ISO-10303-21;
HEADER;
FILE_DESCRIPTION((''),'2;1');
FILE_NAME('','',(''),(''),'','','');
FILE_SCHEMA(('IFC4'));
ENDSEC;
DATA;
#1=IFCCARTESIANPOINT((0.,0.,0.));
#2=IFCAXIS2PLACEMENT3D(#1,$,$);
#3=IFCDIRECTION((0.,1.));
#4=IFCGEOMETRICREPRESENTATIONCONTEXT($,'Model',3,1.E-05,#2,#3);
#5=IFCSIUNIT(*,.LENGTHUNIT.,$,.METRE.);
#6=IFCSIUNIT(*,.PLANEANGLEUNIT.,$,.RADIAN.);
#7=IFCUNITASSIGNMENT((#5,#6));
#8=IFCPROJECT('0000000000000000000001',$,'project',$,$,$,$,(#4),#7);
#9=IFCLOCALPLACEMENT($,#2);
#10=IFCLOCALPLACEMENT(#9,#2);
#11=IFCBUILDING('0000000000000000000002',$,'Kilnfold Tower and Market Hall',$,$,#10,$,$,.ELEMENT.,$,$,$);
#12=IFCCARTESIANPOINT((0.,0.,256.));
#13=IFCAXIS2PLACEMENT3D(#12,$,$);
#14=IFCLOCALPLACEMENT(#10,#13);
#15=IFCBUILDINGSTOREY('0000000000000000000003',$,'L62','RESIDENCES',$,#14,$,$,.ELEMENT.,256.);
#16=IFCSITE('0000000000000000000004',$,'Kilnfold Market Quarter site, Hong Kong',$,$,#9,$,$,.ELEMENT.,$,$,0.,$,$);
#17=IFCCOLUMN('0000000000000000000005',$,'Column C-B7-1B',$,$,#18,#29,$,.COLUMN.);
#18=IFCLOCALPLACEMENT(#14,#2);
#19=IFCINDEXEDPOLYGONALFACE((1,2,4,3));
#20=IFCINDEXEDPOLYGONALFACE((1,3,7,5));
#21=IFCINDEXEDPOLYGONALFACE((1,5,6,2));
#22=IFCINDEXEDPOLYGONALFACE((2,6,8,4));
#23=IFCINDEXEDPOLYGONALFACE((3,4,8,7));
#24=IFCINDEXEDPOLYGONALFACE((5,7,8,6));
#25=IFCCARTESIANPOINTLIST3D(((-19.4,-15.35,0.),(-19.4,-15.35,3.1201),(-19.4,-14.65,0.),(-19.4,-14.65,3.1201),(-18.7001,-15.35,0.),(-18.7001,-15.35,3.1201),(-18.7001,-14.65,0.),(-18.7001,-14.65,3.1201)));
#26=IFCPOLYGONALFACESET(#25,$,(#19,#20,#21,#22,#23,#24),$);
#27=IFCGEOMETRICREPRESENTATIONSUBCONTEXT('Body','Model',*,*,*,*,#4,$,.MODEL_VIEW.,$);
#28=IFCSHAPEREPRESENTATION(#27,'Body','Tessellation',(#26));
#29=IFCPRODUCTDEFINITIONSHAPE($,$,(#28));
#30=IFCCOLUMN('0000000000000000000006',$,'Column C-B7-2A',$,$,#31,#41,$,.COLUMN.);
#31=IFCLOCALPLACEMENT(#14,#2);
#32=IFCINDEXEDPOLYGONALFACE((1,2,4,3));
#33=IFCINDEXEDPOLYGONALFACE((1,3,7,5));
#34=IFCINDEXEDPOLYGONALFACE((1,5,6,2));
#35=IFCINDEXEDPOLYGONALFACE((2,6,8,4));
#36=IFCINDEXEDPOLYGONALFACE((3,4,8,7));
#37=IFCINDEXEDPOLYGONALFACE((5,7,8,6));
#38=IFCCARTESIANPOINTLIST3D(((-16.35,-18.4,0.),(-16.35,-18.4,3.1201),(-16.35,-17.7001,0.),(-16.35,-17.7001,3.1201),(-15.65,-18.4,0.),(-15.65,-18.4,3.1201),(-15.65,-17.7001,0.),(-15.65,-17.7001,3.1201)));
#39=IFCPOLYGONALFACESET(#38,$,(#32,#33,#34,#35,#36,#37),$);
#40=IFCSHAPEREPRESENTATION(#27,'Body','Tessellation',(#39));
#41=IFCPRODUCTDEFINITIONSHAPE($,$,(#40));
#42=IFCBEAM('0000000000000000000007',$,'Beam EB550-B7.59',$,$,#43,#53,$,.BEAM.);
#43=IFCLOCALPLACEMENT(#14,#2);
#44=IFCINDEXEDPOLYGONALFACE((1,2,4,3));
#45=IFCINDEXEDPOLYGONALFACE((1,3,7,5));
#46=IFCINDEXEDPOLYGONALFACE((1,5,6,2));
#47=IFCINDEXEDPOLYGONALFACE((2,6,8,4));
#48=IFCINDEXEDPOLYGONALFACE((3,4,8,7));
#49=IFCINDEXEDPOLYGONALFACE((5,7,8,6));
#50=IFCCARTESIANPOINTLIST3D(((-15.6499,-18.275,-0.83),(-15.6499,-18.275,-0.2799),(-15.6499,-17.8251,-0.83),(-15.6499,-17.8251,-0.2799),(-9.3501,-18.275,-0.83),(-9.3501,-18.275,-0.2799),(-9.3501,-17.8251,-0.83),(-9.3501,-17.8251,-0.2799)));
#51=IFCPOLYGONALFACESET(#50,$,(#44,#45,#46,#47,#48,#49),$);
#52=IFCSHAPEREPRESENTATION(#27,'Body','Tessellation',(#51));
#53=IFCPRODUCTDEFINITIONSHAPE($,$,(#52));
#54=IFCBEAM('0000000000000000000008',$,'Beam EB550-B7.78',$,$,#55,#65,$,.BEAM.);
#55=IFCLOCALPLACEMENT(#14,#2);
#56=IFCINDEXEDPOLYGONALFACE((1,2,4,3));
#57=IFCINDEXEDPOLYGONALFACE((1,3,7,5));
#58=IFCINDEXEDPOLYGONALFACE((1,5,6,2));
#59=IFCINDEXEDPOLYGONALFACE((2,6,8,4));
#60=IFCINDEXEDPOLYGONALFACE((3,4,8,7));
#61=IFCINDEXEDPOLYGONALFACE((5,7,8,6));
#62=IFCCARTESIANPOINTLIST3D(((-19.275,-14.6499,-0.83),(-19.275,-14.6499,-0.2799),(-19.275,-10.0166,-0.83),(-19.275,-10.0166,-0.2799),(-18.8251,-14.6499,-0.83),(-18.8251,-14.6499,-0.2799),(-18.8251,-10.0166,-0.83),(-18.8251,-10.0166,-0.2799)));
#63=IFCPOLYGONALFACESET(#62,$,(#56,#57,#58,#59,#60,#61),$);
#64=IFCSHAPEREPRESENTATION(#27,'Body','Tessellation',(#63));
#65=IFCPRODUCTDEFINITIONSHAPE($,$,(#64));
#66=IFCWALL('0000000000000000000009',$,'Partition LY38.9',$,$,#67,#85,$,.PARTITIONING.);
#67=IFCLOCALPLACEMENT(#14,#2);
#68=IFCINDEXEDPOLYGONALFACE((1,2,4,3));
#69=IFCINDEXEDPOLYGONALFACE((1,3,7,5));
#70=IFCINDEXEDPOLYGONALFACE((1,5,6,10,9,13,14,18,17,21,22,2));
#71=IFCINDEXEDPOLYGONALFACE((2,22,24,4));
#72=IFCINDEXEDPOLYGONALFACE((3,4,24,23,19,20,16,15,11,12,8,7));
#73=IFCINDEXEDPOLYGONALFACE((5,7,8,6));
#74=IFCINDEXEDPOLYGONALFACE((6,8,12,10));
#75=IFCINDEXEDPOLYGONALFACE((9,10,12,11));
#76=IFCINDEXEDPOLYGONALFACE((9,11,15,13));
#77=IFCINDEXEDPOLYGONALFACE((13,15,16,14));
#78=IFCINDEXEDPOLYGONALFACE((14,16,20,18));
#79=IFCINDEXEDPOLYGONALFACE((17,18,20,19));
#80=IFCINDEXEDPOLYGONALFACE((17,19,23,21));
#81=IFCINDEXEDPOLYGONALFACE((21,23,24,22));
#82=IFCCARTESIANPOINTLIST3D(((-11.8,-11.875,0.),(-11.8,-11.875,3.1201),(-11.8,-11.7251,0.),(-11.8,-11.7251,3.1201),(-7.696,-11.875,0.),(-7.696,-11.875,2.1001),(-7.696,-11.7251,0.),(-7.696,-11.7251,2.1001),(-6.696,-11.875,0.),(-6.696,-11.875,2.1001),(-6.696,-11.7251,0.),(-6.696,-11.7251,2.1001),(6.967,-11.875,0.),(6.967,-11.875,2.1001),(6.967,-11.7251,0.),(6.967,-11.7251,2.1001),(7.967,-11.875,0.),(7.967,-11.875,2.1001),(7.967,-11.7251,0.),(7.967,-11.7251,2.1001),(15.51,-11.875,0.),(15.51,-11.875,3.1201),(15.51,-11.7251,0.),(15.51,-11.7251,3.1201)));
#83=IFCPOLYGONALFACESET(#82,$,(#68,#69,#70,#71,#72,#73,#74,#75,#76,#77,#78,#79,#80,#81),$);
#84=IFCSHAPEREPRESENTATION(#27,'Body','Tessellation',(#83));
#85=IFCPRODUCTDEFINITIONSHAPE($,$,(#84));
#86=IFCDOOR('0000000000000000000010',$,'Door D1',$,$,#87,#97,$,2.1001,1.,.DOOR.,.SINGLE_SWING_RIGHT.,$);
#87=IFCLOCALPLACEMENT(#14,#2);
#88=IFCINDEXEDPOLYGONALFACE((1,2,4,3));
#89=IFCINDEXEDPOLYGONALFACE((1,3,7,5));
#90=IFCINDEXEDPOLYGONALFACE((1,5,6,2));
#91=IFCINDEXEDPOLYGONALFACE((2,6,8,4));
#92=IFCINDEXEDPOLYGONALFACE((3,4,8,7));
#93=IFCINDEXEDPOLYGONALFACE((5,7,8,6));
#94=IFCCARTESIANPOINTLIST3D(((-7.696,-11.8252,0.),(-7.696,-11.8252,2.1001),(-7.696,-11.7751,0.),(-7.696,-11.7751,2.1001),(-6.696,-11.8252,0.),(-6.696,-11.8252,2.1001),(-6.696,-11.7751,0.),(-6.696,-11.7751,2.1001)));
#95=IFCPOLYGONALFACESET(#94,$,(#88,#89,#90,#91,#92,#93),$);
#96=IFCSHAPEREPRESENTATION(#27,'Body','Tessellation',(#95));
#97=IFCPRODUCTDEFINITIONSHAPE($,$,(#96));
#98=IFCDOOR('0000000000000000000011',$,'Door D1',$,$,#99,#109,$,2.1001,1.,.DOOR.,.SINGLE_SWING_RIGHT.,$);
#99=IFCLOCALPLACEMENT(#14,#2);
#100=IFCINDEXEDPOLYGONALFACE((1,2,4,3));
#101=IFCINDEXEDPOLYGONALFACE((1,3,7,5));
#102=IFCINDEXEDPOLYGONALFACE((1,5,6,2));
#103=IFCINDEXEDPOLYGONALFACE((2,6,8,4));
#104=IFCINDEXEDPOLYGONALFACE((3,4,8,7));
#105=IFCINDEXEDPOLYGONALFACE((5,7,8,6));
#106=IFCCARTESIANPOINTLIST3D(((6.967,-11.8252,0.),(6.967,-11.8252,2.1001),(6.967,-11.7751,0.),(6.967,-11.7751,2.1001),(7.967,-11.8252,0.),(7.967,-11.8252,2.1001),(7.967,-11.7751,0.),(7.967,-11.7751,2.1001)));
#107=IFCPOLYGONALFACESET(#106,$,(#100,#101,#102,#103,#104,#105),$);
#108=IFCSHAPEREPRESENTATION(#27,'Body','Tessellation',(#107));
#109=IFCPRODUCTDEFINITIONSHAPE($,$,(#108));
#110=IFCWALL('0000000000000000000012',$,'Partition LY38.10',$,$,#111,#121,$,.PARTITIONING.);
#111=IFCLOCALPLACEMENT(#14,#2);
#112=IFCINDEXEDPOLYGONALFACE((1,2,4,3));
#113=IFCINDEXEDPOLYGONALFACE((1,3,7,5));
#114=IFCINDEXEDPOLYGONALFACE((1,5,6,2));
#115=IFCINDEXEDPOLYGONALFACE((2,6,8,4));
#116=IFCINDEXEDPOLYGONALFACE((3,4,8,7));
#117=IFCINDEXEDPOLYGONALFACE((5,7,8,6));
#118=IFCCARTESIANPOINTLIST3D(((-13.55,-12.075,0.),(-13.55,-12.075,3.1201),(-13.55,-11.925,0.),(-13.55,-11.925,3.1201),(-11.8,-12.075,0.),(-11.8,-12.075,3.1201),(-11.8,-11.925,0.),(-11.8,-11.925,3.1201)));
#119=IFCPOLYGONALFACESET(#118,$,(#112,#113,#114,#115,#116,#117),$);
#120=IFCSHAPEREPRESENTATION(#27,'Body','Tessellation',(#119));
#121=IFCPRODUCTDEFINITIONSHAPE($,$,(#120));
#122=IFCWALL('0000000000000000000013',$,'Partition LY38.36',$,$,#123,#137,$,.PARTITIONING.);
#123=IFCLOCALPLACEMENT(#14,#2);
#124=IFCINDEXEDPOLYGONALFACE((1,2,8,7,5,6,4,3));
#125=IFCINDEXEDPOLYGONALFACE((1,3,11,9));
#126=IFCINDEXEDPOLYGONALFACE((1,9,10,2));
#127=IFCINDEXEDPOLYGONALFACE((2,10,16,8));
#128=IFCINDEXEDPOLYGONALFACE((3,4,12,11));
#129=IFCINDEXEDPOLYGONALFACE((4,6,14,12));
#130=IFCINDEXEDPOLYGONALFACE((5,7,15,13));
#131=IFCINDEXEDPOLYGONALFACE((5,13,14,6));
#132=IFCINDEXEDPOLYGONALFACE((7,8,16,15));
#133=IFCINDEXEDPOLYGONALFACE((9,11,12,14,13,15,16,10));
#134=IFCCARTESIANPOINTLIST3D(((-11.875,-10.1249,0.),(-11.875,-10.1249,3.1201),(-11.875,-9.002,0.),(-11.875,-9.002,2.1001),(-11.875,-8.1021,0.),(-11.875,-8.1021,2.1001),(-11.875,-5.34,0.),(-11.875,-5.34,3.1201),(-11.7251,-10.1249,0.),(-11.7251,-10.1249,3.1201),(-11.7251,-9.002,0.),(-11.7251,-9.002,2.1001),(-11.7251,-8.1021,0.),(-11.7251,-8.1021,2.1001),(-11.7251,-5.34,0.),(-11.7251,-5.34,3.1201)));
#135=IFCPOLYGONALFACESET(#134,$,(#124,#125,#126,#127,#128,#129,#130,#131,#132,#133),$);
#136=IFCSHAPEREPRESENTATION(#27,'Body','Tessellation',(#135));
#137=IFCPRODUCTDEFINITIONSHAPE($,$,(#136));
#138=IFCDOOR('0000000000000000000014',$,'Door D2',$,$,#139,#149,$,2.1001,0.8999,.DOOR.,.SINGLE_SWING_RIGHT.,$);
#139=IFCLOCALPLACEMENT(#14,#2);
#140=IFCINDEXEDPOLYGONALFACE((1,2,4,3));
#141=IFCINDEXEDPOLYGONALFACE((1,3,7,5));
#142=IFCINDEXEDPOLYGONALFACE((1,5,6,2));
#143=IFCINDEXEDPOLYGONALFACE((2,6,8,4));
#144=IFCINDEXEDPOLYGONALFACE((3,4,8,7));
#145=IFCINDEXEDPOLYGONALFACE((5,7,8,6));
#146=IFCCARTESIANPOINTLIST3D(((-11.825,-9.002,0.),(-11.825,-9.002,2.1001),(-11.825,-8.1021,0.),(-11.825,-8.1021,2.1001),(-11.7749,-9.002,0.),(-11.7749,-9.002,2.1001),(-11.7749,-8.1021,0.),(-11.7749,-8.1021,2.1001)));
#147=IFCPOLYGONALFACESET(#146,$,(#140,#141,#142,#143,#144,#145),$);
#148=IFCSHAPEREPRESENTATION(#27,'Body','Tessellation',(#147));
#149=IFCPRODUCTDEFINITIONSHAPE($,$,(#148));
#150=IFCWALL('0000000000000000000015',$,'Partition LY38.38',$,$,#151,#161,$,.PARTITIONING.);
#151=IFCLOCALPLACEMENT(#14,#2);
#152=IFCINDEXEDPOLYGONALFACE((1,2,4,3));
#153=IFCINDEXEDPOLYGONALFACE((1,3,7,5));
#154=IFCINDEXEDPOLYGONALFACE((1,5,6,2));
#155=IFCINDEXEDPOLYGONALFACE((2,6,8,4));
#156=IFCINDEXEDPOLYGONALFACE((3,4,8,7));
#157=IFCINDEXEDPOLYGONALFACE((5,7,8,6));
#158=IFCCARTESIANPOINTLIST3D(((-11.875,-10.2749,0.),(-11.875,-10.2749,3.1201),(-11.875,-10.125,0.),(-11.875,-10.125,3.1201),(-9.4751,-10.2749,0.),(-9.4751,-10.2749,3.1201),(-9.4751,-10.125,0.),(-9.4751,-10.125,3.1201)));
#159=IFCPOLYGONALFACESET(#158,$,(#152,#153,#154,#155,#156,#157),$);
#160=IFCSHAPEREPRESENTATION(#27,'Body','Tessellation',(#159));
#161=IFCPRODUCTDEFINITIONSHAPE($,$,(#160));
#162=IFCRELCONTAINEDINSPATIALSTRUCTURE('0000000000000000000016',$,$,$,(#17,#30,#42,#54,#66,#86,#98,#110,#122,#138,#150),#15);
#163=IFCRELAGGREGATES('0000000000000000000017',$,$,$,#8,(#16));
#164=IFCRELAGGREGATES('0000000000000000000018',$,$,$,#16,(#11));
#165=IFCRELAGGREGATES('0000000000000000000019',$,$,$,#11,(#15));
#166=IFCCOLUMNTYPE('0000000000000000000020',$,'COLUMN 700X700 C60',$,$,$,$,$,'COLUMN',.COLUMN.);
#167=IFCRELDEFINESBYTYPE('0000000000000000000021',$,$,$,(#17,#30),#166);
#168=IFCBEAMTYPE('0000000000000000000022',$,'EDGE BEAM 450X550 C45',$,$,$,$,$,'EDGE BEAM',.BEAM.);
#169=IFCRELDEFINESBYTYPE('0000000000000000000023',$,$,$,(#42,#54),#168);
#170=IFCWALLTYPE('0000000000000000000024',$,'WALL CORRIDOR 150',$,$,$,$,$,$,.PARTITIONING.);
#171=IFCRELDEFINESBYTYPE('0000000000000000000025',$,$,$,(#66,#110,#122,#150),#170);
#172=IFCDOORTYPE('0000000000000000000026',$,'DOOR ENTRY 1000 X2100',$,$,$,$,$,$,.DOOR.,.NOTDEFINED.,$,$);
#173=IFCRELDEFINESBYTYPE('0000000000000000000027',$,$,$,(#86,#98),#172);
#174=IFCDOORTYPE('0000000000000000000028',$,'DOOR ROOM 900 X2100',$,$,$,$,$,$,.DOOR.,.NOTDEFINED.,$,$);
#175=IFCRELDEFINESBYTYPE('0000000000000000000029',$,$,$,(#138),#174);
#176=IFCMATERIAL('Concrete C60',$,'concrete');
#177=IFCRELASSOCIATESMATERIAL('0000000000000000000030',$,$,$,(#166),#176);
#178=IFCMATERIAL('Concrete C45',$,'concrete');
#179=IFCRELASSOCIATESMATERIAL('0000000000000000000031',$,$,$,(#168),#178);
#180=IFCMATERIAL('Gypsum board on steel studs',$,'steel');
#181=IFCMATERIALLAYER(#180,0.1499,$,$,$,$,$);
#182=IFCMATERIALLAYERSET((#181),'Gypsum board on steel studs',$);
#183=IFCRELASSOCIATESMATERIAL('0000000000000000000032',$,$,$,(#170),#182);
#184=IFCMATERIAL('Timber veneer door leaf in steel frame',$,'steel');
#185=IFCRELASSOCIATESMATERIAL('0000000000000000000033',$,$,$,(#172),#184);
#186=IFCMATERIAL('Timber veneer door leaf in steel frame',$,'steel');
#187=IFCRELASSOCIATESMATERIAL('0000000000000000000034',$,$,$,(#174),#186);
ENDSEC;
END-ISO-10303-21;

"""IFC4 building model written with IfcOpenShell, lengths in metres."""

from ifc_helpers import new_model, si_unit, direction, frame, frame_2d, origin, origin_2d, place, context, subcontext, project, spatial, rectangle, extrude, source, transform, mapped, material, layer, layer_set, material_profile, profile_set, type_object, element, fill, save


model = new_model("IFC4")

# Units and contexts
model_context = context("Model", 3, precision=1e-05, world=origin(), true_north=direction((0.0, 1.0)))
body_context = subcontext(model_context, "Body", "Model", "MODEL_VIEW")
ifc_project = project(units=[si_unit("LENGTHUNIT", "METRE"), si_unit("PLANEANGLEUNIT", "RADIAN")], contexts=[model_context])

# Site, building, storey
site_placement = place(None, origin())
site = spatial("IfcSite", under=ifc_project, at=site_placement, Name="Kilnfold Market Quarter site, Hong Kong", CompositionType="ELEMENT", RefElevation=0.0)
building_placement = place(site_placement, origin())
building = spatial("IfcBuilding", under=site, at=building_placement, Name="Kilnfold Tower and Market Hall", CompositionType="ELEMENT")
storey_placement = place(building_placement, frame((0.0, 0.0, 256.0)))
storey = spatial("IfcBuildingStorey", under=building, at=storey_placement, Name="L62", Description="RESIDENCES", CompositionType="ELEMENT", Elevation=256.0)

# Columns
ifc_material_1 = material(Name="Concrete C60", Category="concrete")
ifc_material_profile_1 = material_profile(ifc_material_1, rectangle(XDim=0.7, YDim=0.7, at=origin_2d()), Name="RC 700x700")
ifc_profile_set_1 = profile_set([ifc_material_profile_1], Name="Concrete C60")
column_type = type_object("IfcColumnType", Name="COLUMN 700X700 C60", ElementType="COLUMN", PredefinedType="COLUMN", material=ifc_profile_set_1)
shared_shape_1 = source(origin(), body_context, "Body", "SweptSolid", [
    extrude(rectangle(XDim=0.7, YDim=0.7, at=origin_2d()), origin(), (0.0, 0.0, 1.0), 3.1201),
])
for number, where, z_axis, x_axis, name in (
    (1, (-19.05, -15.0, 0.0), (0.0, 0.0, 1.0), (1.0, 0.0, 0.0), "Column C-B7-1B"),
    (2, (-16.0, -18.05, 0.0), (0.0, 0.0, 1.0), (1.0, 0.0, 0.0), "Column C-B7-2A"),
):
    element("IfcColumn", number, at=place(storey_placement, frame(where, z_axis=z_axis, x_axis=x_axis)), inside=storey, type_object=column_type, Name=name, PredefinedType="COLUMN", context=body_context, shape_type="MappedRepresentation", body=[
        mapped(shared_shape_1, transform((0.0, 0.0, 0.0))),
    ])

# Beams
ifc_material_2 = material(Name="Concrete C45", Category="concrete")
ifc_material_profile_2 = material_profile(ifc_material_2, rectangle(XDim=0.45, YDim=0.55, at=origin_2d()), Name="RC 450x550")
ifc_profile_set_2 = profile_set([ifc_material_profile_2], Name="Concrete C45")
beam_type = type_object("IfcBeamType", Name="EDGE BEAM 450X550 C45", ElementType="EDGE BEAM", PredefinedType="BEAM", material=ifc_profile_set_2)
shared_shape_2 = source(origin(), body_context, "Body", "SweptSolid", [
    extrude(rectangle(XDim=0.45, YDim=0.55, at=origin_2d()), origin(), (0.0, 0.0, 1.0), 6.2998),
])
beam_1_placement = place(storey_placement, frame((-15.6499, -18.05, -0.5549), z_axis=(1.0, 0.0, 0.0), x_axis=(0.0, 1.0, 0.0)))
element("IfcBeam", 3, at=beam_1_placement, inside=storey, type_object=beam_type, Name="Beam EB550-B7.59", PredefinedType="BEAM", context=body_context, shape_type="MappedRepresentation", body=[
    mapped(shared_shape_2, transform((0.0, 0.0, 0.0))),
])
shared_shape_3 = source(origin(), body_context, "Body", "SweptSolid", [
    extrude(rectangle(XDim=0.45, YDim=0.55, at=origin_2d()), origin(), (0.0, 0.0, 1.0), 4.6333),
])
beam_2_placement = place(storey_placement, frame((-19.05, -14.6499, -0.5549), z_axis=(0.0, 1.0, 0.0), x_axis=(-1.0, 0.0, 0.0)))
element("IfcBeam", 4, at=beam_2_placement, inside=storey, type_object=beam_type, Name="Beam EB550-B7.78", PredefinedType="BEAM", context=body_context, shape_type="MappedRepresentation", body=[
    mapped(shared_shape_3, transform((0.0, 0.0, 0.0))),
])

# Wall, openings, doors
ifc_material_3 = material(Name="Gypsum board on steel studs", Category="steel")
ifc_layer_1 = layer(ifc_material_3, 0.1499)
ifc_layer_set_1 = layer_set([ifc_layer_1], Name="Gypsum board on steel studs")
wall_type_1 = type_object("IfcWallType", Name="WALL CORRIDOR 150", PredefinedType="PARTITIONING", material=ifc_layer_set_1)
wall_1_placement = place(storey_placement, frame((-11.8, -11.8, 0.0), z_axis=(0.0, 0.0, 1.0), x_axis=(1.0, 0.0, 0.0)))
wall_1 = element("IfcWall", 5, at=wall_1_placement, inside=storey, type_object=wall_type_1, Name="Partition LY38.9", PredefinedType="PARTITIONING", context=body_context, shape_type="SweptSolid", body=[
    extrude(rectangle(XDim=27.3101, YDim=0.1499, at=frame_2d((13.655, 0.0))), origin(), (0.0, 0.0, 1.0), 3.1201),
])
opening_1_placement = place(wall_1_placement, frame((4.104, 0.0, 0.0)))
opening_1 = element("IfcOpeningElement", 6, at=opening_1_placement, cuts=wall_1, PredefinedType="OPENING", context=body_context, shape_type="SweptSolid", body=[
    extrude(rectangle(XDim=1.0, YDim=2.1001, at=frame_2d((0.5, 1.05))), frame((0.0, 0.085, 0.0), z_axis=(0.0, -1.0, 0.0), x_axis=(1.0, 0.0, 0.0)), (0.0, 0.0, 1.0), 0.1699),
])
opening_2_placement = place(wall_1_placement, frame((18.7671, 0.0, 0.0)))
opening_2 = element("IfcOpeningElement", 7, at=opening_2_placement, cuts=wall_1, PredefinedType="OPENING", context=body_context, shape_type="SweptSolid", body=[
    extrude(rectangle(XDim=1.0, YDim=2.1001, at=frame_2d((0.5, 1.05))), frame((0.0, 0.085, 0.0), z_axis=(0.0, -1.0, 0.0), x_axis=(1.0, 0.0, 0.0)), (0.0, 0.0, 1.0), 0.1699),
])
ifc_material_4 = material(Name="Timber veneer door leaf in steel frame", Category="steel")
door_type_1 = type_object("IfcDoorType", Name="DOOR ENTRY 1000 X2100", OperationType="NOTDEFINED", PredefinedType="DOOR", material=ifc_material_4)
door_1_placement = place(opening_1_placement, origin())
door_1 = element("IfcDoor", 8, at=door_1_placement, inside=storey, type_object=door_type_1, Name="Door D1", OperationType="SINGLE_SWING_RIGHT", OverallHeight=2.1001, OverallWidth=1.0, PredefinedType="DOOR", context=body_context, shape_type="SweptSolid", body=[
    extrude(rectangle(XDim=1.0, YDim=2.1001, at=frame_2d((0.5, 1.05))), frame((0.0, 0.0249, 0.0), z_axis=(0.0, -1.0, 0.0), x_axis=(1.0, 0.0, 0.0)), (0.0, 0.0, 1.0), 0.05),
])
fill(opening_1, door_1)
door_2_placement = place(opening_2_placement, origin())
door_2 = element("IfcDoor", 9, at=door_2_placement, inside=storey, type_object=door_type_1, Name="Door D1", OperationType="SINGLE_SWING_RIGHT", OverallHeight=2.1001, OverallWidth=1.0, PredefinedType="DOOR", context=body_context, shape_type="SweptSolid", body=[
    extrude(rectangle(XDim=1.0, YDim=2.1001, at=frame_2d((0.5, 1.05))), frame((0.0, 0.0249, 0.0), z_axis=(0.0, -1.0, 0.0), x_axis=(1.0, 0.0, 0.0)), (0.0, 0.0, 1.0), 0.05),
])
fill(opening_2, door_2)

# Wall
wall_2_placement = place(storey_placement, frame((-13.55, -12.0, 0.0), z_axis=(0.0, 0.0, 1.0), x_axis=(1.0, 0.0, 0.0)))
element("IfcWall", 10, at=wall_2_placement, inside=storey, type_object=wall_type_1, Name="Partition LY38.10", PredefinedType="PARTITIONING", context=body_context, shape_type="SweptSolid", body=[
    extrude(rectangle(XDim=1.75, YDim=0.1499, at=frame_2d((0.875, 0.0))), origin(), (0.0, 0.0, 1.0), 3.1201),
])

# Wall, opening, door
wall_3_placement = place(storey_placement, frame((-11.8, -10.125, 0.0), z_axis=(0.0, 0.0, 1.0), x_axis=(0.0, 1.0, 0.0)))
wall_3 = element("IfcWall", 11, at=wall_3_placement, inside=storey, type_object=wall_type_1, Name="Partition LY38.36", PredefinedType="PARTITIONING", context=body_context, shape_type="SweptSolid", body=[
    extrude(rectangle(XDim=4.7849, YDim=0.1499, at=frame_2d((2.3926, 0.0))), origin(), (0.0, 0.0, 1.0), 3.1201),
])
opening_3_placement = place(wall_3_placement, frame((1.123, 0.0, 0.0)))
opening_3 = element("IfcOpeningElement", 12, at=opening_3_placement, cuts=wall_3, PredefinedType="OPENING", context=body_context, shape_type="SweptSolid", body=[
    extrude(rectangle(XDim=0.8999, YDim=2.1001, at=frame_2d((0.45, 1.05))), frame((0.0, 0.085, 0.0), z_axis=(0.0, -1.0, 0.0), x_axis=(1.0, 0.0, 0.0)), (0.0, 0.0, 1.0), 0.1699),
])
ifc_material_5 = material(Name="Timber veneer door leaf in steel frame", Category="steel")
door_type_2 = type_object("IfcDoorType", Name="DOOR ROOM 900 X2100", OperationType="NOTDEFINED", PredefinedType="DOOR", material=ifc_material_5)
door_3_placement = place(opening_3_placement, origin())
door_3 = element("IfcDoor", 13, at=door_3_placement, inside=storey, type_object=door_type_2, Name="Door D2", OperationType="SINGLE_SWING_RIGHT", OverallHeight=2.1001, OverallWidth=0.8999, PredefinedType="DOOR", context=body_context, shape_type="SweptSolid", body=[
    extrude(rectangle(XDim=0.8999, YDim=2.1001, at=frame_2d((0.45, 1.05))), frame((0.0, 0.0249, 0.0), z_axis=(0.0, -1.0, 0.0), x_axis=(1.0, 0.0, 0.0)), (0.0, 0.0, 1.0), 0.05),
])
fill(opening_3, door_3)

# Wall
wall_4_placement = place(storey_placement, frame((-11.875, -10.2, 0.0), z_axis=(0.0, 0.0, 1.0), x_axis=(1.0, 0.0, 0.0)))
element("IfcWall", 14, at=wall_4_placement, inside=storey, type_object=wall_type_1, Name="Partition LY38.38", PredefinedType="PARTITIONING", context=body_context, shape_type="SweptSolid", body=[
    extrude(rectangle(XDim=2.3999, YDim=0.1499, at=frame_2d((1.2, 0.0))), origin(), (0.0, 0.0, 1.0), 3.1201),
])

save(model, "model.ifc")
